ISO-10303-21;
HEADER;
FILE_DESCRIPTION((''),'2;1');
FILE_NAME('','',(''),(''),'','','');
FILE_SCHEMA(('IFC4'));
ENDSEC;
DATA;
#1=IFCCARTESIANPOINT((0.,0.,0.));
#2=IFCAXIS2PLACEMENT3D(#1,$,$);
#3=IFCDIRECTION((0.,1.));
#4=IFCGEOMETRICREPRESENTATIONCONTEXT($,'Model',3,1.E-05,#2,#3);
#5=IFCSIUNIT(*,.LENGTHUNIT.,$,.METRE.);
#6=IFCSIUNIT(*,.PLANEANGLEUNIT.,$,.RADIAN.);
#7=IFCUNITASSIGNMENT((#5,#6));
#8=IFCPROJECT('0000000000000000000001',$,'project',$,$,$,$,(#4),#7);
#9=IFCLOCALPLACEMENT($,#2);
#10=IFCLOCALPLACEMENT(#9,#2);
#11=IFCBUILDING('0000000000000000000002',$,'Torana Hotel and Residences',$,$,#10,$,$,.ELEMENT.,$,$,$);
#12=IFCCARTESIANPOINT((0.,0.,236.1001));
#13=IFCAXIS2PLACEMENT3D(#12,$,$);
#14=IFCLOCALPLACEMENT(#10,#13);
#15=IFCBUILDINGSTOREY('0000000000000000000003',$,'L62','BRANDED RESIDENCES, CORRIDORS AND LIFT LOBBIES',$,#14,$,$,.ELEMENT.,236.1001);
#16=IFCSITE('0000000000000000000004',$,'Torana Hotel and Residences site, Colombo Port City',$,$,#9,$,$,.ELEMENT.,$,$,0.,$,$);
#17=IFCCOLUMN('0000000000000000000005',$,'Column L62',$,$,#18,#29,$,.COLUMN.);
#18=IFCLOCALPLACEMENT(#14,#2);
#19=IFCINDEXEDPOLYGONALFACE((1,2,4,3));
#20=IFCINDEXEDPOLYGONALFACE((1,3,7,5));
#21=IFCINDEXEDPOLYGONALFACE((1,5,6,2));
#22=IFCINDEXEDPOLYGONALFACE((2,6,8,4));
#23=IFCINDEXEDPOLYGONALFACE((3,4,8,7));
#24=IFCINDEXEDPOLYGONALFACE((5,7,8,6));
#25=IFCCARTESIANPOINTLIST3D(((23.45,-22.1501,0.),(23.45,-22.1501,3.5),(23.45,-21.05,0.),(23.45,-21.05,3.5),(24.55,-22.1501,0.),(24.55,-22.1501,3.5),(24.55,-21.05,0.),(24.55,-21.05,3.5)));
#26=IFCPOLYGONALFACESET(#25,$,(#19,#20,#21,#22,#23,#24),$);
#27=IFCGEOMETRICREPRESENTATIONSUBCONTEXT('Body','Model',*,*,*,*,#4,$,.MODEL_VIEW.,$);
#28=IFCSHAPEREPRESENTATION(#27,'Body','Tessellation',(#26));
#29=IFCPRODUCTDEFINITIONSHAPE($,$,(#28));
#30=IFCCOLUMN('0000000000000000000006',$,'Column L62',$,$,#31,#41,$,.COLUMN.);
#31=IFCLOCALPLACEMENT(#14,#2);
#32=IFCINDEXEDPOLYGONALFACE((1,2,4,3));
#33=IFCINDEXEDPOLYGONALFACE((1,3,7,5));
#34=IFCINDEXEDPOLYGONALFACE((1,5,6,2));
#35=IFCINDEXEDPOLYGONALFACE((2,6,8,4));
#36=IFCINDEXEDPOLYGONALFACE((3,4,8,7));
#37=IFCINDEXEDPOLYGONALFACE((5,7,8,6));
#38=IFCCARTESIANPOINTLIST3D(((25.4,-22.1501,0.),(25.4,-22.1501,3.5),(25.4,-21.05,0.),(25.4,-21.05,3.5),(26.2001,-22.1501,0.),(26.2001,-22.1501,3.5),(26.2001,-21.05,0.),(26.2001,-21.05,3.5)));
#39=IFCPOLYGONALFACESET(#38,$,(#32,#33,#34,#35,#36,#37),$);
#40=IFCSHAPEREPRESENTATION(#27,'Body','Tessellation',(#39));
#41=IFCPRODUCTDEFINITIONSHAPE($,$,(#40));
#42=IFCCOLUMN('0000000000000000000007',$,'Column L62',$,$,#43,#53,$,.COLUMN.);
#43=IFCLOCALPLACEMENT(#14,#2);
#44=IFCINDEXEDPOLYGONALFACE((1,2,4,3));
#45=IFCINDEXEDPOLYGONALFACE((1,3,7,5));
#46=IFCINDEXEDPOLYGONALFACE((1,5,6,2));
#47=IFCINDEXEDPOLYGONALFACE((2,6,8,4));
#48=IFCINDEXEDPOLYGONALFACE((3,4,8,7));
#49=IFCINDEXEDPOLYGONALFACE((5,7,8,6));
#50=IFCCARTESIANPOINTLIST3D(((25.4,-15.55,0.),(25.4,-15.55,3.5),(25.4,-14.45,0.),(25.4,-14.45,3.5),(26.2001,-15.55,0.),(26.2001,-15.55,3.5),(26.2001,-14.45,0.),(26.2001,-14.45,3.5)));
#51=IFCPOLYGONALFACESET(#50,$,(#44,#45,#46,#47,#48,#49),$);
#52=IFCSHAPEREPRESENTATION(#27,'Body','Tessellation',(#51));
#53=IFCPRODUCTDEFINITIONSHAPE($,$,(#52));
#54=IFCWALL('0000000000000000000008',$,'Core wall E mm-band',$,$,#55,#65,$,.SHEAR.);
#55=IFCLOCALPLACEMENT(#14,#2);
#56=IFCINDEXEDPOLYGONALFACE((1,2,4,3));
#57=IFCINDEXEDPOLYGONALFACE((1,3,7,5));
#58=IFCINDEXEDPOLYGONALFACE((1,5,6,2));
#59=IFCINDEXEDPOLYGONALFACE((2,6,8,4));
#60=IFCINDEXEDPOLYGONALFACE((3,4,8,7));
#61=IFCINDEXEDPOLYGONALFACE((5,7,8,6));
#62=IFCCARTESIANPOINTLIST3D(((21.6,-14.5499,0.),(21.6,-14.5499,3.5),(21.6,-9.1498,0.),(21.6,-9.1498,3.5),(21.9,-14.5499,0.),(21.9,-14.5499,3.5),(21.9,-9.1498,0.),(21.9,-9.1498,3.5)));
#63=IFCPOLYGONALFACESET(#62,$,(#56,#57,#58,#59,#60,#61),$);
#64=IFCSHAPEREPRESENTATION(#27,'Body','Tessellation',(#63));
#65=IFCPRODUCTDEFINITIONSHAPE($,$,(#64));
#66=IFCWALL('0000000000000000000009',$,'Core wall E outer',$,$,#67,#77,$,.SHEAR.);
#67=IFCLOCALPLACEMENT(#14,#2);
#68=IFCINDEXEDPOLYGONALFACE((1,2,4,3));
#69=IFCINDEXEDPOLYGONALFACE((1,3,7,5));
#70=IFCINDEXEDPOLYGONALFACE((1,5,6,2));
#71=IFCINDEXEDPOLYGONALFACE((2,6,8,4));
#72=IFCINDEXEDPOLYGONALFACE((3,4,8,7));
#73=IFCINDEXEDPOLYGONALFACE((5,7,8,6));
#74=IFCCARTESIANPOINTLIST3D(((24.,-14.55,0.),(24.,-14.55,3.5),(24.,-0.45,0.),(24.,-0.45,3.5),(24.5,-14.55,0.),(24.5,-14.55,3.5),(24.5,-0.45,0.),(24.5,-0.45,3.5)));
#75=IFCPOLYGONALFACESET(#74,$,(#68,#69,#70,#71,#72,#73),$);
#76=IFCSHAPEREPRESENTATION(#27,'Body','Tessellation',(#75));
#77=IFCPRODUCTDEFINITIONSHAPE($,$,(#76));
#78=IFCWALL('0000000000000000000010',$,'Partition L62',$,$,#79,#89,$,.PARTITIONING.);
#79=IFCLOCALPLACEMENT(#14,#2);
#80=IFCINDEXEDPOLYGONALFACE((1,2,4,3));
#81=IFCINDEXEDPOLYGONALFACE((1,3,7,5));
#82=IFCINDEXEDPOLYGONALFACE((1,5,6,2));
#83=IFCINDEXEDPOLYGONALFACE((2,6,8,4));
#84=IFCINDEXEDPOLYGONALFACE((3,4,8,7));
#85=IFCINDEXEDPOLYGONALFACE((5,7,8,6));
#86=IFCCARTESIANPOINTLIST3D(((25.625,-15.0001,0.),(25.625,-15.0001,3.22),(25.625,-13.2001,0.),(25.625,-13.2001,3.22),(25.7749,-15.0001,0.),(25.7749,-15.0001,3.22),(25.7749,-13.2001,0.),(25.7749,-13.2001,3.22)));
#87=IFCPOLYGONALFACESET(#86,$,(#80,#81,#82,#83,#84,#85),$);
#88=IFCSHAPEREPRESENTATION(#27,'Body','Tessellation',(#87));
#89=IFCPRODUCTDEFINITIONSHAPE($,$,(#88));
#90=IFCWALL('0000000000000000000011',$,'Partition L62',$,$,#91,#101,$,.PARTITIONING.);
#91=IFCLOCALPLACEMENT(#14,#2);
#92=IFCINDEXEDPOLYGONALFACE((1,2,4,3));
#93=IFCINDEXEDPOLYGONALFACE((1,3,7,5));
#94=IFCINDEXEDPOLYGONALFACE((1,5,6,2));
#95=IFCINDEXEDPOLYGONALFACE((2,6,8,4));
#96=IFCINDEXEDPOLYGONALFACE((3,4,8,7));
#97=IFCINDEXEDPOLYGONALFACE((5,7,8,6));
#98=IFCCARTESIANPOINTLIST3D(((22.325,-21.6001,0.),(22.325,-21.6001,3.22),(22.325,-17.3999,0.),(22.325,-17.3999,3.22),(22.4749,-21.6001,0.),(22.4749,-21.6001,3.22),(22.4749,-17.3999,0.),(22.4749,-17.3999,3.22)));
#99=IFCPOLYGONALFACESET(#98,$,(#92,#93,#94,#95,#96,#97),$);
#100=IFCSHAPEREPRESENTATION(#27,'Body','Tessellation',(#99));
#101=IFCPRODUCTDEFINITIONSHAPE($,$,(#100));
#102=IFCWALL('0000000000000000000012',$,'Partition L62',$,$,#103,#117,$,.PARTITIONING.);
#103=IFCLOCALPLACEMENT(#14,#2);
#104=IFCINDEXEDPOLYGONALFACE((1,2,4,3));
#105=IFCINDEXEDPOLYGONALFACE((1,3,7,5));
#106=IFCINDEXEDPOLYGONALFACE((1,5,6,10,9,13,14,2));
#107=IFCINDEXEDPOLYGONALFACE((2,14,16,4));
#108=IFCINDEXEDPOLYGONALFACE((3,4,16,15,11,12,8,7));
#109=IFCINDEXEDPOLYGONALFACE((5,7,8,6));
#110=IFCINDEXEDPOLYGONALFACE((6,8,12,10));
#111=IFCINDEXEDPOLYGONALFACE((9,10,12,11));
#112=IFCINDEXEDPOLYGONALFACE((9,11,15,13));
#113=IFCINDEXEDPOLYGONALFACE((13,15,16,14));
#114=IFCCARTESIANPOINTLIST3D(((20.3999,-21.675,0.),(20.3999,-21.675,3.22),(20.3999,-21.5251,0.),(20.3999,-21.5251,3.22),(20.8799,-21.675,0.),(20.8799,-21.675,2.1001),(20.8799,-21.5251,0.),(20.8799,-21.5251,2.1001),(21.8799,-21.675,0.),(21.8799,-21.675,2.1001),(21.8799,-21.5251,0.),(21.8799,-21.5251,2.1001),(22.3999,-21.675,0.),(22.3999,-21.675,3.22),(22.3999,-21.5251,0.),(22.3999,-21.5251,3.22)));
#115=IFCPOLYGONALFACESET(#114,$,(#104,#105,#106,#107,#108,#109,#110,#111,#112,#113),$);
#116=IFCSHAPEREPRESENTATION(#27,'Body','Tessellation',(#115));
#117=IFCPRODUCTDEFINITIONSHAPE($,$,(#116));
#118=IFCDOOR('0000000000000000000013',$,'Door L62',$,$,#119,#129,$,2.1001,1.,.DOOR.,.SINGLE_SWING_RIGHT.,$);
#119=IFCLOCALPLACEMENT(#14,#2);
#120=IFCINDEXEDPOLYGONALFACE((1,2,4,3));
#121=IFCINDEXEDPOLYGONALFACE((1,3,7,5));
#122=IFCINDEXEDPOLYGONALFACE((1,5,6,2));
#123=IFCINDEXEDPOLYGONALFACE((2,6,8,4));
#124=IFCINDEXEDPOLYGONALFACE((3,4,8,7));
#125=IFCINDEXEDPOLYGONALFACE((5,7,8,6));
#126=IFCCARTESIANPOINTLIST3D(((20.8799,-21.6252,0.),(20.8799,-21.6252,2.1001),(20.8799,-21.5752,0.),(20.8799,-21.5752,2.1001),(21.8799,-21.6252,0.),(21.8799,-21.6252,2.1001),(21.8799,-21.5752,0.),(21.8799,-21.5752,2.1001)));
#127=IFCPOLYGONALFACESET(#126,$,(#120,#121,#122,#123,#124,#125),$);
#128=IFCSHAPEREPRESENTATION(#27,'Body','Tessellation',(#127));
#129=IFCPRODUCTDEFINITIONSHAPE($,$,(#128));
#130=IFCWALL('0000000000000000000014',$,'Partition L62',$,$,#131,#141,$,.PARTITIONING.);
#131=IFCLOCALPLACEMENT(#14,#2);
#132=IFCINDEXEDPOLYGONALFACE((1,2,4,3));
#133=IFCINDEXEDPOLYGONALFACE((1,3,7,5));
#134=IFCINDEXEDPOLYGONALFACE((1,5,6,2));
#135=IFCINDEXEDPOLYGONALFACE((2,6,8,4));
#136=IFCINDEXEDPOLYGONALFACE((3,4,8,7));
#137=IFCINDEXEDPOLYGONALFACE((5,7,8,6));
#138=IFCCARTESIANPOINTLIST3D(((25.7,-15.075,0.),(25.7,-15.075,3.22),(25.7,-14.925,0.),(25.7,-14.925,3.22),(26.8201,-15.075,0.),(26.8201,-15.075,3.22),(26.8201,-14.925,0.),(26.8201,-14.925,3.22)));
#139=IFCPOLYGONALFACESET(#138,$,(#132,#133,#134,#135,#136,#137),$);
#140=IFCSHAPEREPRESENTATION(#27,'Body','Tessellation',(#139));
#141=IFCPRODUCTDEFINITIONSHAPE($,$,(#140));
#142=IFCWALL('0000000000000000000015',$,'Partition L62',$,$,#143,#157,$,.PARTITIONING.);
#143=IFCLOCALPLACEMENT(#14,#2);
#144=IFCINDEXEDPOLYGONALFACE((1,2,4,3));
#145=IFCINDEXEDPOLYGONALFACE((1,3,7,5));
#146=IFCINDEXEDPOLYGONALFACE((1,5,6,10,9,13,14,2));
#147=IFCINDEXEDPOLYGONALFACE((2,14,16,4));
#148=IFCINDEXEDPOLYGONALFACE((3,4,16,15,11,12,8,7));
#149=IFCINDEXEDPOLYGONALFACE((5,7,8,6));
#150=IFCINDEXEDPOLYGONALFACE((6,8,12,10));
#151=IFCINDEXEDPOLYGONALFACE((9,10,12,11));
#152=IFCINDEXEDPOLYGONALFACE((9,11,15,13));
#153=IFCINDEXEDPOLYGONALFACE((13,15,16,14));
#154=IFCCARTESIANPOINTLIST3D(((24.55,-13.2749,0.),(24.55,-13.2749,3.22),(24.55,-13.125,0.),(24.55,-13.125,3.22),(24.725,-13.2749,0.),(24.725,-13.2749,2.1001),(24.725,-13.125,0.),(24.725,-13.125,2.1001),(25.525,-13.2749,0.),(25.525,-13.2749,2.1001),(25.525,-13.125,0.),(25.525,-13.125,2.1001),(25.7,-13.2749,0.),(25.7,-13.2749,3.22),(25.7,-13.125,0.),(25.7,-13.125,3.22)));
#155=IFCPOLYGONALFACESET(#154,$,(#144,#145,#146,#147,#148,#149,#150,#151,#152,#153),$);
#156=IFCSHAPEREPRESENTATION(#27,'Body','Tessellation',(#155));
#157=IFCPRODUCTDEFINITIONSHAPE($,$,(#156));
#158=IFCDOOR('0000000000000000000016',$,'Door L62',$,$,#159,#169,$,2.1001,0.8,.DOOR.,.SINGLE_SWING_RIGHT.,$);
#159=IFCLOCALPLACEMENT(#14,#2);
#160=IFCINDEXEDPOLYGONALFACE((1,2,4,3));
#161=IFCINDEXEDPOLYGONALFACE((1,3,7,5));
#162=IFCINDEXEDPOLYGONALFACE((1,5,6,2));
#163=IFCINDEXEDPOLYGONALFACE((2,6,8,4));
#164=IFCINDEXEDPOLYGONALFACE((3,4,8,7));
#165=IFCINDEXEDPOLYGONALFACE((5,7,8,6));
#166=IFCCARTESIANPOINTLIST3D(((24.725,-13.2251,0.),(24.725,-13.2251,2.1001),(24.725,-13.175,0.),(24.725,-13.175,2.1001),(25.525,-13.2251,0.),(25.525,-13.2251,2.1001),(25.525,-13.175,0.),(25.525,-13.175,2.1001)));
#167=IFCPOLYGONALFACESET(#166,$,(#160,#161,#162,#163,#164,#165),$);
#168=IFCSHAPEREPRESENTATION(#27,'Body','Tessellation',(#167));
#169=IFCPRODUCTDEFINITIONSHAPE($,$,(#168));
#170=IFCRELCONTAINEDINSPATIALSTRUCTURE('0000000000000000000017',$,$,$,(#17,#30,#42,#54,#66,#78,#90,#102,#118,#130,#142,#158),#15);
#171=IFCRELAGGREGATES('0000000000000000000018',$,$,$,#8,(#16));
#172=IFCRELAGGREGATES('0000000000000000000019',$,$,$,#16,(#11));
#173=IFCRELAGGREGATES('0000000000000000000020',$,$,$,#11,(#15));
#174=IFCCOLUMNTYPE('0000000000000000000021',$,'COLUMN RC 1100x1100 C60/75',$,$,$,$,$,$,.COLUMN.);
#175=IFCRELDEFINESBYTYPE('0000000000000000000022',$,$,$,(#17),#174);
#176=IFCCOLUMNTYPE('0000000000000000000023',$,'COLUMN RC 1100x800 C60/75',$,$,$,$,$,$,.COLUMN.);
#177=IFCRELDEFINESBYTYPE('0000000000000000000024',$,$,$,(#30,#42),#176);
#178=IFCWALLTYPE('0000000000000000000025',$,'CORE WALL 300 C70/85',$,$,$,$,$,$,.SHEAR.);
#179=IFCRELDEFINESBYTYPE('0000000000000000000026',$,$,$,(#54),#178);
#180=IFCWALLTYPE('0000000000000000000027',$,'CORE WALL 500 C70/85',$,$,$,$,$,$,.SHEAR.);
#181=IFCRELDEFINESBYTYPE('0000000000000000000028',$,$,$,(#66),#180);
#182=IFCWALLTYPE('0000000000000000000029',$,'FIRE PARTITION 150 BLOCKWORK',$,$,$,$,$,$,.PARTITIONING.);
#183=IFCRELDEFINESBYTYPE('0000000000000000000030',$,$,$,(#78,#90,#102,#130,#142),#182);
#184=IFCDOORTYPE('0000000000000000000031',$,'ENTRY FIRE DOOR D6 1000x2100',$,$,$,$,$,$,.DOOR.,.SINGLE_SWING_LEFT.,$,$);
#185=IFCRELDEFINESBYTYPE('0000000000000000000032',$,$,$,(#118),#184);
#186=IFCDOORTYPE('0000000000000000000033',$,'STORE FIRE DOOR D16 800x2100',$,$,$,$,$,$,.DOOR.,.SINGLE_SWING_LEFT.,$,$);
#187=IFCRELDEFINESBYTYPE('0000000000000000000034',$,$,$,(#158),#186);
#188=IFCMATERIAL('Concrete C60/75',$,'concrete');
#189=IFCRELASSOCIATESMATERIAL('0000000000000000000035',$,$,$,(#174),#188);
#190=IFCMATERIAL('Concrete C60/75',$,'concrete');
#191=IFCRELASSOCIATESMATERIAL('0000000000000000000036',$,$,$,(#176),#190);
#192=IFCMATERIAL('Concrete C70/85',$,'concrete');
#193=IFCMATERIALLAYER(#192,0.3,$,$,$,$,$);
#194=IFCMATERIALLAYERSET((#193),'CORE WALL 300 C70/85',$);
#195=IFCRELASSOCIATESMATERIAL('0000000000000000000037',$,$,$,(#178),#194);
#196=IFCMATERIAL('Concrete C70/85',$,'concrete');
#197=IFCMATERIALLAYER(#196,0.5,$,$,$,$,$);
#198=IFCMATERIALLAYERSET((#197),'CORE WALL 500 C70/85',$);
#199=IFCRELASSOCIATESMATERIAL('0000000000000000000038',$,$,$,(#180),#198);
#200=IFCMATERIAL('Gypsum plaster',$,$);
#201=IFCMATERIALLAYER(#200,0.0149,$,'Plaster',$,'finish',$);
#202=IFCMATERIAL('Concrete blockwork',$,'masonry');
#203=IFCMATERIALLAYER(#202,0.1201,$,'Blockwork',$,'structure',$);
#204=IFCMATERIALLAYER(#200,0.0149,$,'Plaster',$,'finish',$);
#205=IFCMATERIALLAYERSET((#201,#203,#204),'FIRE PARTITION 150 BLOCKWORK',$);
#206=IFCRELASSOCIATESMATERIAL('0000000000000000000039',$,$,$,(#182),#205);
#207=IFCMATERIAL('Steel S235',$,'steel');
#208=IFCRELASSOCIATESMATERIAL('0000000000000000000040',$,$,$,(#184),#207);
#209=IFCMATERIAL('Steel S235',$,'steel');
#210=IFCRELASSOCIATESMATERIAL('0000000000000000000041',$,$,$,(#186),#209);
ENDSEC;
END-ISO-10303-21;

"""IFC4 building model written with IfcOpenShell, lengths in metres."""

from ifc_helpers import new_model, si_unit, direction, frame, frame_2d, origin, origin_2d, place, context, subcontext, project, spatial, rectangle, extrude, material, layer, layer_set, material_profile, profile_set, type_object, element, fill, save


model = new_model("IFC4")

# Units and contexts
model_context = context("Model", 3, precision=1e-05, world=origin(), true_north=direction((0.0, 1.0)))
body_context = subcontext(model_context, "Body", "Model", "MODEL_VIEW")
ifc_project = project(units=[si_unit("LENGTHUNIT", "METRE"), si_unit("PLANEANGLEUNIT", "RADIAN")], contexts=[model_context])

# Site, building, storey
site_placement = place(None, origin())
site = spatial("IfcSite", under=ifc_project, at=site_placement, Name="Torana Hotel and Residences site, Colombo Port City", CompositionType="ELEMENT", RefElevation=0.0)
building_placement = place(site_placement, origin())
building = spatial("IfcBuilding", under=site, at=building_placement, Name="Torana Hotel and Residences", CompositionType="ELEMENT")
storey_placement = place(building_placement, frame((0.0, 0.0, 236.1001)))
storey = spatial("IfcBuildingStorey", under=building, at=storey_placement, Name="L62", Description="BRANDED RESIDENCES, CORRIDORS AND LIFT LOBBIES", CompositionType="ELEMENT", Elevation=236.1001)

# Columns
ifc_material_1 = material(Name="Concrete C60/75", Category="concrete")
ifc_material_profile_1 = material_profile(ifc_material_1, rectangle(XDim=1.1001, YDim=1.1001, at=origin_2d()), Name="RC 1100x1100")
ifc_profile_set_1 = profile_set([ifc_material_profile_1], Name="Concrete C60/75")
column_type_1 = type_object("IfcColumnType", Name="COLUMN RC 1100x1100 C60/75", PredefinedType="COLUMN", material=ifc_profile_set_1)
column_placement = place(storey_placement, frame((24.0, -21.6001, 0.0), z_axis=(0.0, 0.0, 1.0), x_axis=(1.0, 0.0, 0.0)))
element("IfcColumn", 1, at=column_placement, inside=storey, type_object=column_type_1, Name="Column L62", PredefinedType="COLUMN", context=body_context, shape_type="SweptSolid", body=[
    extrude(rectangle(XDim=1.1001, YDim=1.1001, at=origin_2d()), origin(), (0.0, 0.0, 1.0), 3.5),
])
ifc_material_2 = material(Name="Concrete C60/75", Category="concrete")
ifc_material_profile_2 = material_profile(ifc_material_2, rectangle(XDim=1.1001, YDim=0.8, at=origin_2d()), Name="RC 1100x800")
ifc_profile_set_2 = profile_set([ifc_material_profile_2], Name="Concrete C60/75")
column_type_2 = type_object("IfcColumnType", Name="COLUMN RC 1100x800 C60/75", PredefinedType="COLUMN", material=ifc_profile_set_2)
for number, where, z_axis, x_axis, name in (
    (2, (25.8, -21.6001, 0.0), (0.0, 0.0, 1.0), (0.0, 1.0, 0.0), "Column L62"),
    (3, (25.8, -15.0, 0.0), (0.0, 0.0, 1.0), (0.0, 1.0, 0.0), "Column L62"),
):
    element("IfcColumn", number, at=place(storey_placement, frame(where, z_axis=z_axis, x_axis=x_axis)), inside=storey, type_object=column_type_2, Name=name, PredefinedType="COLUMN", context=body_context, shape_type="SweptSolid", body=[
        extrude(rectangle(XDim=1.1001, YDim=0.8, at=origin_2d()), origin(), (0.0, 0.0, 1.0), 3.5),
    ])

# Walls
ifc_material_3 = material(Name="Concrete C70/85", Category="concrete")
ifc_layer_1 = layer(ifc_material_3, 0.3)
ifc_layer_set_1 = layer_set([ifc_layer_1], Name="CORE WALL 300 C70/85")
wall_type_1 = type_object("IfcWallType", Name="CORE WALL 300 C70/85", PredefinedType="SHEAR", material=ifc_layer_set_1)
wall_1_placement = place(storey_placement, frame((21.75, -14.55, 0.0), z_axis=(0.0, 0.0, 1.0), x_axis=(0.0, 1.0, 0.0)))
element("IfcWall", 4, at=wall_1_placement, inside=storey, type_object=wall_type_1, Name="Core wall E mm-band", PredefinedType="SHEAR", context=body_context, shape_type="SweptSolid", body=[
    extrude(rectangle(XDim=5.4001, YDim=0.3, at=frame_2d((2.7002, 0.0))), origin(), (0.0, 0.0, 1.0), 3.5),
])
ifc_material_4 = material(Name="Concrete C70/85", Category="concrete")
ifc_layer_2 = layer(ifc_material_4, 0.5)
ifc_layer_set_2 = layer_set([ifc_layer_2], Name="CORE WALL 500 C70/85")
wall_type_2 = type_object("IfcWallType", Name="CORE WALL 500 C70/85", PredefinedType="SHEAR", material=ifc_layer_set_2)
wall_2_placement = place(storey_placement, frame((24.25, -14.55, 0.0), z_axis=(0.0, 0.0, 1.0), x_axis=(0.0, 1.0, 0.0)))
element("IfcWall", 5, at=wall_2_placement, inside=storey, type_object=wall_type_2, Name="Core wall E outer", PredefinedType="SHEAR", context=body_context, shape_type="SweptSolid", body=[
    extrude(rectangle(XDim=14.1001, YDim=0.5, at=frame_2d((7.05, 0.0))), origin(), (0.0, 0.0, 1.0), 3.5),
])
ifc_material_5 = material(Name="Gypsum plaster")
ifc_layer_3 = layer(ifc_material_5, 0.0149, Name="Plaster", Category="finish")
ifc_material_6 = material(Name="Concrete blockwork", Category="masonry")
ifc_layer_4 = layer(ifc_material_6, 0.1201, Name="Blockwork", Category="structure")
ifc_layer_5 = layer(ifc_material_5, 0.0149, Name="Plaster", Category="finish")
ifc_layer_set_3 = layer_set([ifc_layer_3, ifc_layer_4, ifc_layer_5], Name="FIRE PARTITION 150 BLOCKWORK")
wall_type_3 = type_object("IfcWallType", Name="FIRE PARTITION 150 BLOCKWORK", PredefinedType="PARTITIONING", material=ifc_layer_set_3)
wall_3_placement = place(storey_placement, frame((25.7, -15.0, 0.0), z_axis=(0.0, 0.0, 1.0), x_axis=(0.0, 1.0, 0.0)))
element("IfcWall", 6, at=wall_3_placement, inside=storey, type_object=wall_type_3, Name="Partition L62", PredefinedType="PARTITIONING", context=body_context, shape_type="SweptSolid", body=[
    extrude(rectangle(XDim=1.8, YDim=0.1499, at=frame_2d((0.8999, 0.0))), origin(), (0.0, 0.0, 1.0), 3.22),
])
wall_4_placement = place(storey_placement, frame((22.3999, -21.6001, 0.0), z_axis=(0.0, 0.0, 1.0), x_axis=(0.0, 1.0, 0.0)))
element("IfcWall", 7, at=wall_4_placement, inside=storey, type_object=wall_type_3, Name="Partition L62", PredefinedType="PARTITIONING", context=body_context, shape_type="SweptSolid", body=[
    extrude(rectangle(XDim=4.2002, YDim=0.1499, at=frame_2d((2.1001, 0.0))), origin(), (0.0, 0.0, 1.0), 3.22),
])

# Wall, opening, door
wall_5_placement = place(storey_placement, frame((20.3999, -21.6001, 0.0), z_axis=(0.0, 0.0, 1.0), x_axis=(1.0, 0.0, 0.0)))
wall_5 = element("IfcWall", 8, at=wall_5_placement, inside=storey, type_object=wall_type_3, Name="Partition L62", PredefinedType="PARTITIONING", context=body_context, shape_type="SweptSolid", body=[
    extrude(rectangle(XDim=2.0, YDim=0.1499, at=frame_2d((1.0, 0.0))), origin(), (0.0, 0.0, 1.0), 3.22),
])
opening_1_placement = place(wall_5_placement, frame((0.48, 0.0, 0.0)))
opening_1 = element("IfcOpeningElement", 9, at=opening_1_placement, cuts=wall_5, PredefinedType="OPENING", context=body_context, shape_type="SweptSolid", body=[
    extrude(rectangle(XDim=1.0, YDim=2.1001, at=frame_2d((0.5, 1.05))), frame((0.0, 0.085, 0.0), z_axis=(0.0, -1.0, 0.0), x_axis=(1.0, 0.0, 0.0)), (0.0, 0.0, 1.0), 0.1699),
])
ifc_material_7 = material(Name="Steel S235", Category="steel")
door_type_1 = type_object("IfcDoorType", Name="ENTRY FIRE DOOR D6 1000x2100", OperationType="SINGLE_SWING_LEFT", PredefinedType="DOOR", material=ifc_material_7)
door_1_placement = place(opening_1_placement, frame((0.5, 0.0, 0.0), z_axis=(0.0, 0.0, 1.0), x_axis=(-1.0, 0.0, 0.0)))
door_1 = element("IfcDoor", 10, at=door_1_placement, inside=storey, type_object=door_type_1, Name="Door L62", OperationType="SINGLE_SWING_RIGHT", OverallHeight=2.1001, OverallWidth=1.0, PredefinedType="DOOR", context=body_context, shape_type="SweptSolid", body=[
    extrude(rectangle(XDim=1.0, YDim=2.1001, at=frame_2d((0.0, 1.05))), frame((0.0, -0.0249, 0.0), z_axis=(0.0, 1.0, 0.0), x_axis=(-1.0, 0.0, 0.0)), (0.0, 0.0, 1.0), 0.05),
])
fill(opening_1, door_1)

# Wall
wall_6_placement = place(storey_placement, frame((25.7, -15.0, 0.0), z_axis=(0.0, 0.0, 1.0), x_axis=(1.0, 0.0, 0.0)))
element("IfcWall", 11, at=wall_6_placement, inside=storey, type_object=wall_type_3, Name="Partition L62", PredefinedType="PARTITIONING", context=body_context, shape_type="SweptSolid", body=[
    extrude(rectangle(XDim=1.1201, YDim=0.1499, at=frame_2d((0.5601, 0.0))), origin(), (0.0, 0.0, 1.0), 3.22),
])

# Wall, opening, door
wall_7_placement = place(storey_placement, frame((24.55, -13.2, 0.0), z_axis=(0.0, 0.0, 1.0), x_axis=(1.0, 0.0, 0.0)))
wall_7 = element("IfcWall", 12, at=wall_7_placement, inside=storey, type_object=wall_type_3, Name="Partition L62", PredefinedType="PARTITIONING", context=body_context, shape_type="SweptSolid", body=[
    extrude(rectangle(XDim=1.1499, YDim=0.1499, at=frame_2d((0.575, 0.0))), origin(), (0.0, 0.0, 1.0), 3.22),
])
opening_2_placement = place(wall_7_placement, frame((0.175, 0.0, 0.0)))
opening_2 = element("IfcOpeningElement", 13, at=opening_2_placement, cuts=wall_7, PredefinedType="OPENING", context=body_context, shape_type="SweptSolid", body=[
    extrude(rectangle(XDim=0.8, YDim=2.1001, at=frame_2d((0.3999, 1.05))), frame((0.0, 0.085, 0.0), z_axis=(0.0, -1.0, 0.0), x_axis=(1.0, 0.0, 0.0)), (0.0, 0.0, 1.0), 0.1699),
])
ifc_material_8 = material(Name="Steel S235", Category="steel")
door_type_2 = type_object("IfcDoorType", Name="STORE FIRE DOOR D16 800x2100", OperationType="SINGLE_SWING_LEFT", PredefinedType="DOOR", material=ifc_material_8)
door_2_placement = place(opening_2_placement, origin())
door_2 = element("IfcDoor", 14, at=door_2_placement, inside=storey, type_object=door_type_2, Name="Door L62", OperationType="SINGLE_SWING_RIGHT", OverallHeight=2.1001, OverallWidth=0.8, PredefinedType="DOOR", context=body_context, shape_type="SweptSolid", body=[
    extrude(rectangle(XDim=0.8, YDim=2.1001, at=frame_2d((0.3999, 1.05))), frame((0.0, 0.0249, 0.0), z_axis=(0.0, -1.0, 0.0), x_axis=(1.0, 0.0, 0.0)), (0.0, 0.0, 1.0), 0.05),
])
fill(opening_2, door_2)

save(model, "model.ifc")
